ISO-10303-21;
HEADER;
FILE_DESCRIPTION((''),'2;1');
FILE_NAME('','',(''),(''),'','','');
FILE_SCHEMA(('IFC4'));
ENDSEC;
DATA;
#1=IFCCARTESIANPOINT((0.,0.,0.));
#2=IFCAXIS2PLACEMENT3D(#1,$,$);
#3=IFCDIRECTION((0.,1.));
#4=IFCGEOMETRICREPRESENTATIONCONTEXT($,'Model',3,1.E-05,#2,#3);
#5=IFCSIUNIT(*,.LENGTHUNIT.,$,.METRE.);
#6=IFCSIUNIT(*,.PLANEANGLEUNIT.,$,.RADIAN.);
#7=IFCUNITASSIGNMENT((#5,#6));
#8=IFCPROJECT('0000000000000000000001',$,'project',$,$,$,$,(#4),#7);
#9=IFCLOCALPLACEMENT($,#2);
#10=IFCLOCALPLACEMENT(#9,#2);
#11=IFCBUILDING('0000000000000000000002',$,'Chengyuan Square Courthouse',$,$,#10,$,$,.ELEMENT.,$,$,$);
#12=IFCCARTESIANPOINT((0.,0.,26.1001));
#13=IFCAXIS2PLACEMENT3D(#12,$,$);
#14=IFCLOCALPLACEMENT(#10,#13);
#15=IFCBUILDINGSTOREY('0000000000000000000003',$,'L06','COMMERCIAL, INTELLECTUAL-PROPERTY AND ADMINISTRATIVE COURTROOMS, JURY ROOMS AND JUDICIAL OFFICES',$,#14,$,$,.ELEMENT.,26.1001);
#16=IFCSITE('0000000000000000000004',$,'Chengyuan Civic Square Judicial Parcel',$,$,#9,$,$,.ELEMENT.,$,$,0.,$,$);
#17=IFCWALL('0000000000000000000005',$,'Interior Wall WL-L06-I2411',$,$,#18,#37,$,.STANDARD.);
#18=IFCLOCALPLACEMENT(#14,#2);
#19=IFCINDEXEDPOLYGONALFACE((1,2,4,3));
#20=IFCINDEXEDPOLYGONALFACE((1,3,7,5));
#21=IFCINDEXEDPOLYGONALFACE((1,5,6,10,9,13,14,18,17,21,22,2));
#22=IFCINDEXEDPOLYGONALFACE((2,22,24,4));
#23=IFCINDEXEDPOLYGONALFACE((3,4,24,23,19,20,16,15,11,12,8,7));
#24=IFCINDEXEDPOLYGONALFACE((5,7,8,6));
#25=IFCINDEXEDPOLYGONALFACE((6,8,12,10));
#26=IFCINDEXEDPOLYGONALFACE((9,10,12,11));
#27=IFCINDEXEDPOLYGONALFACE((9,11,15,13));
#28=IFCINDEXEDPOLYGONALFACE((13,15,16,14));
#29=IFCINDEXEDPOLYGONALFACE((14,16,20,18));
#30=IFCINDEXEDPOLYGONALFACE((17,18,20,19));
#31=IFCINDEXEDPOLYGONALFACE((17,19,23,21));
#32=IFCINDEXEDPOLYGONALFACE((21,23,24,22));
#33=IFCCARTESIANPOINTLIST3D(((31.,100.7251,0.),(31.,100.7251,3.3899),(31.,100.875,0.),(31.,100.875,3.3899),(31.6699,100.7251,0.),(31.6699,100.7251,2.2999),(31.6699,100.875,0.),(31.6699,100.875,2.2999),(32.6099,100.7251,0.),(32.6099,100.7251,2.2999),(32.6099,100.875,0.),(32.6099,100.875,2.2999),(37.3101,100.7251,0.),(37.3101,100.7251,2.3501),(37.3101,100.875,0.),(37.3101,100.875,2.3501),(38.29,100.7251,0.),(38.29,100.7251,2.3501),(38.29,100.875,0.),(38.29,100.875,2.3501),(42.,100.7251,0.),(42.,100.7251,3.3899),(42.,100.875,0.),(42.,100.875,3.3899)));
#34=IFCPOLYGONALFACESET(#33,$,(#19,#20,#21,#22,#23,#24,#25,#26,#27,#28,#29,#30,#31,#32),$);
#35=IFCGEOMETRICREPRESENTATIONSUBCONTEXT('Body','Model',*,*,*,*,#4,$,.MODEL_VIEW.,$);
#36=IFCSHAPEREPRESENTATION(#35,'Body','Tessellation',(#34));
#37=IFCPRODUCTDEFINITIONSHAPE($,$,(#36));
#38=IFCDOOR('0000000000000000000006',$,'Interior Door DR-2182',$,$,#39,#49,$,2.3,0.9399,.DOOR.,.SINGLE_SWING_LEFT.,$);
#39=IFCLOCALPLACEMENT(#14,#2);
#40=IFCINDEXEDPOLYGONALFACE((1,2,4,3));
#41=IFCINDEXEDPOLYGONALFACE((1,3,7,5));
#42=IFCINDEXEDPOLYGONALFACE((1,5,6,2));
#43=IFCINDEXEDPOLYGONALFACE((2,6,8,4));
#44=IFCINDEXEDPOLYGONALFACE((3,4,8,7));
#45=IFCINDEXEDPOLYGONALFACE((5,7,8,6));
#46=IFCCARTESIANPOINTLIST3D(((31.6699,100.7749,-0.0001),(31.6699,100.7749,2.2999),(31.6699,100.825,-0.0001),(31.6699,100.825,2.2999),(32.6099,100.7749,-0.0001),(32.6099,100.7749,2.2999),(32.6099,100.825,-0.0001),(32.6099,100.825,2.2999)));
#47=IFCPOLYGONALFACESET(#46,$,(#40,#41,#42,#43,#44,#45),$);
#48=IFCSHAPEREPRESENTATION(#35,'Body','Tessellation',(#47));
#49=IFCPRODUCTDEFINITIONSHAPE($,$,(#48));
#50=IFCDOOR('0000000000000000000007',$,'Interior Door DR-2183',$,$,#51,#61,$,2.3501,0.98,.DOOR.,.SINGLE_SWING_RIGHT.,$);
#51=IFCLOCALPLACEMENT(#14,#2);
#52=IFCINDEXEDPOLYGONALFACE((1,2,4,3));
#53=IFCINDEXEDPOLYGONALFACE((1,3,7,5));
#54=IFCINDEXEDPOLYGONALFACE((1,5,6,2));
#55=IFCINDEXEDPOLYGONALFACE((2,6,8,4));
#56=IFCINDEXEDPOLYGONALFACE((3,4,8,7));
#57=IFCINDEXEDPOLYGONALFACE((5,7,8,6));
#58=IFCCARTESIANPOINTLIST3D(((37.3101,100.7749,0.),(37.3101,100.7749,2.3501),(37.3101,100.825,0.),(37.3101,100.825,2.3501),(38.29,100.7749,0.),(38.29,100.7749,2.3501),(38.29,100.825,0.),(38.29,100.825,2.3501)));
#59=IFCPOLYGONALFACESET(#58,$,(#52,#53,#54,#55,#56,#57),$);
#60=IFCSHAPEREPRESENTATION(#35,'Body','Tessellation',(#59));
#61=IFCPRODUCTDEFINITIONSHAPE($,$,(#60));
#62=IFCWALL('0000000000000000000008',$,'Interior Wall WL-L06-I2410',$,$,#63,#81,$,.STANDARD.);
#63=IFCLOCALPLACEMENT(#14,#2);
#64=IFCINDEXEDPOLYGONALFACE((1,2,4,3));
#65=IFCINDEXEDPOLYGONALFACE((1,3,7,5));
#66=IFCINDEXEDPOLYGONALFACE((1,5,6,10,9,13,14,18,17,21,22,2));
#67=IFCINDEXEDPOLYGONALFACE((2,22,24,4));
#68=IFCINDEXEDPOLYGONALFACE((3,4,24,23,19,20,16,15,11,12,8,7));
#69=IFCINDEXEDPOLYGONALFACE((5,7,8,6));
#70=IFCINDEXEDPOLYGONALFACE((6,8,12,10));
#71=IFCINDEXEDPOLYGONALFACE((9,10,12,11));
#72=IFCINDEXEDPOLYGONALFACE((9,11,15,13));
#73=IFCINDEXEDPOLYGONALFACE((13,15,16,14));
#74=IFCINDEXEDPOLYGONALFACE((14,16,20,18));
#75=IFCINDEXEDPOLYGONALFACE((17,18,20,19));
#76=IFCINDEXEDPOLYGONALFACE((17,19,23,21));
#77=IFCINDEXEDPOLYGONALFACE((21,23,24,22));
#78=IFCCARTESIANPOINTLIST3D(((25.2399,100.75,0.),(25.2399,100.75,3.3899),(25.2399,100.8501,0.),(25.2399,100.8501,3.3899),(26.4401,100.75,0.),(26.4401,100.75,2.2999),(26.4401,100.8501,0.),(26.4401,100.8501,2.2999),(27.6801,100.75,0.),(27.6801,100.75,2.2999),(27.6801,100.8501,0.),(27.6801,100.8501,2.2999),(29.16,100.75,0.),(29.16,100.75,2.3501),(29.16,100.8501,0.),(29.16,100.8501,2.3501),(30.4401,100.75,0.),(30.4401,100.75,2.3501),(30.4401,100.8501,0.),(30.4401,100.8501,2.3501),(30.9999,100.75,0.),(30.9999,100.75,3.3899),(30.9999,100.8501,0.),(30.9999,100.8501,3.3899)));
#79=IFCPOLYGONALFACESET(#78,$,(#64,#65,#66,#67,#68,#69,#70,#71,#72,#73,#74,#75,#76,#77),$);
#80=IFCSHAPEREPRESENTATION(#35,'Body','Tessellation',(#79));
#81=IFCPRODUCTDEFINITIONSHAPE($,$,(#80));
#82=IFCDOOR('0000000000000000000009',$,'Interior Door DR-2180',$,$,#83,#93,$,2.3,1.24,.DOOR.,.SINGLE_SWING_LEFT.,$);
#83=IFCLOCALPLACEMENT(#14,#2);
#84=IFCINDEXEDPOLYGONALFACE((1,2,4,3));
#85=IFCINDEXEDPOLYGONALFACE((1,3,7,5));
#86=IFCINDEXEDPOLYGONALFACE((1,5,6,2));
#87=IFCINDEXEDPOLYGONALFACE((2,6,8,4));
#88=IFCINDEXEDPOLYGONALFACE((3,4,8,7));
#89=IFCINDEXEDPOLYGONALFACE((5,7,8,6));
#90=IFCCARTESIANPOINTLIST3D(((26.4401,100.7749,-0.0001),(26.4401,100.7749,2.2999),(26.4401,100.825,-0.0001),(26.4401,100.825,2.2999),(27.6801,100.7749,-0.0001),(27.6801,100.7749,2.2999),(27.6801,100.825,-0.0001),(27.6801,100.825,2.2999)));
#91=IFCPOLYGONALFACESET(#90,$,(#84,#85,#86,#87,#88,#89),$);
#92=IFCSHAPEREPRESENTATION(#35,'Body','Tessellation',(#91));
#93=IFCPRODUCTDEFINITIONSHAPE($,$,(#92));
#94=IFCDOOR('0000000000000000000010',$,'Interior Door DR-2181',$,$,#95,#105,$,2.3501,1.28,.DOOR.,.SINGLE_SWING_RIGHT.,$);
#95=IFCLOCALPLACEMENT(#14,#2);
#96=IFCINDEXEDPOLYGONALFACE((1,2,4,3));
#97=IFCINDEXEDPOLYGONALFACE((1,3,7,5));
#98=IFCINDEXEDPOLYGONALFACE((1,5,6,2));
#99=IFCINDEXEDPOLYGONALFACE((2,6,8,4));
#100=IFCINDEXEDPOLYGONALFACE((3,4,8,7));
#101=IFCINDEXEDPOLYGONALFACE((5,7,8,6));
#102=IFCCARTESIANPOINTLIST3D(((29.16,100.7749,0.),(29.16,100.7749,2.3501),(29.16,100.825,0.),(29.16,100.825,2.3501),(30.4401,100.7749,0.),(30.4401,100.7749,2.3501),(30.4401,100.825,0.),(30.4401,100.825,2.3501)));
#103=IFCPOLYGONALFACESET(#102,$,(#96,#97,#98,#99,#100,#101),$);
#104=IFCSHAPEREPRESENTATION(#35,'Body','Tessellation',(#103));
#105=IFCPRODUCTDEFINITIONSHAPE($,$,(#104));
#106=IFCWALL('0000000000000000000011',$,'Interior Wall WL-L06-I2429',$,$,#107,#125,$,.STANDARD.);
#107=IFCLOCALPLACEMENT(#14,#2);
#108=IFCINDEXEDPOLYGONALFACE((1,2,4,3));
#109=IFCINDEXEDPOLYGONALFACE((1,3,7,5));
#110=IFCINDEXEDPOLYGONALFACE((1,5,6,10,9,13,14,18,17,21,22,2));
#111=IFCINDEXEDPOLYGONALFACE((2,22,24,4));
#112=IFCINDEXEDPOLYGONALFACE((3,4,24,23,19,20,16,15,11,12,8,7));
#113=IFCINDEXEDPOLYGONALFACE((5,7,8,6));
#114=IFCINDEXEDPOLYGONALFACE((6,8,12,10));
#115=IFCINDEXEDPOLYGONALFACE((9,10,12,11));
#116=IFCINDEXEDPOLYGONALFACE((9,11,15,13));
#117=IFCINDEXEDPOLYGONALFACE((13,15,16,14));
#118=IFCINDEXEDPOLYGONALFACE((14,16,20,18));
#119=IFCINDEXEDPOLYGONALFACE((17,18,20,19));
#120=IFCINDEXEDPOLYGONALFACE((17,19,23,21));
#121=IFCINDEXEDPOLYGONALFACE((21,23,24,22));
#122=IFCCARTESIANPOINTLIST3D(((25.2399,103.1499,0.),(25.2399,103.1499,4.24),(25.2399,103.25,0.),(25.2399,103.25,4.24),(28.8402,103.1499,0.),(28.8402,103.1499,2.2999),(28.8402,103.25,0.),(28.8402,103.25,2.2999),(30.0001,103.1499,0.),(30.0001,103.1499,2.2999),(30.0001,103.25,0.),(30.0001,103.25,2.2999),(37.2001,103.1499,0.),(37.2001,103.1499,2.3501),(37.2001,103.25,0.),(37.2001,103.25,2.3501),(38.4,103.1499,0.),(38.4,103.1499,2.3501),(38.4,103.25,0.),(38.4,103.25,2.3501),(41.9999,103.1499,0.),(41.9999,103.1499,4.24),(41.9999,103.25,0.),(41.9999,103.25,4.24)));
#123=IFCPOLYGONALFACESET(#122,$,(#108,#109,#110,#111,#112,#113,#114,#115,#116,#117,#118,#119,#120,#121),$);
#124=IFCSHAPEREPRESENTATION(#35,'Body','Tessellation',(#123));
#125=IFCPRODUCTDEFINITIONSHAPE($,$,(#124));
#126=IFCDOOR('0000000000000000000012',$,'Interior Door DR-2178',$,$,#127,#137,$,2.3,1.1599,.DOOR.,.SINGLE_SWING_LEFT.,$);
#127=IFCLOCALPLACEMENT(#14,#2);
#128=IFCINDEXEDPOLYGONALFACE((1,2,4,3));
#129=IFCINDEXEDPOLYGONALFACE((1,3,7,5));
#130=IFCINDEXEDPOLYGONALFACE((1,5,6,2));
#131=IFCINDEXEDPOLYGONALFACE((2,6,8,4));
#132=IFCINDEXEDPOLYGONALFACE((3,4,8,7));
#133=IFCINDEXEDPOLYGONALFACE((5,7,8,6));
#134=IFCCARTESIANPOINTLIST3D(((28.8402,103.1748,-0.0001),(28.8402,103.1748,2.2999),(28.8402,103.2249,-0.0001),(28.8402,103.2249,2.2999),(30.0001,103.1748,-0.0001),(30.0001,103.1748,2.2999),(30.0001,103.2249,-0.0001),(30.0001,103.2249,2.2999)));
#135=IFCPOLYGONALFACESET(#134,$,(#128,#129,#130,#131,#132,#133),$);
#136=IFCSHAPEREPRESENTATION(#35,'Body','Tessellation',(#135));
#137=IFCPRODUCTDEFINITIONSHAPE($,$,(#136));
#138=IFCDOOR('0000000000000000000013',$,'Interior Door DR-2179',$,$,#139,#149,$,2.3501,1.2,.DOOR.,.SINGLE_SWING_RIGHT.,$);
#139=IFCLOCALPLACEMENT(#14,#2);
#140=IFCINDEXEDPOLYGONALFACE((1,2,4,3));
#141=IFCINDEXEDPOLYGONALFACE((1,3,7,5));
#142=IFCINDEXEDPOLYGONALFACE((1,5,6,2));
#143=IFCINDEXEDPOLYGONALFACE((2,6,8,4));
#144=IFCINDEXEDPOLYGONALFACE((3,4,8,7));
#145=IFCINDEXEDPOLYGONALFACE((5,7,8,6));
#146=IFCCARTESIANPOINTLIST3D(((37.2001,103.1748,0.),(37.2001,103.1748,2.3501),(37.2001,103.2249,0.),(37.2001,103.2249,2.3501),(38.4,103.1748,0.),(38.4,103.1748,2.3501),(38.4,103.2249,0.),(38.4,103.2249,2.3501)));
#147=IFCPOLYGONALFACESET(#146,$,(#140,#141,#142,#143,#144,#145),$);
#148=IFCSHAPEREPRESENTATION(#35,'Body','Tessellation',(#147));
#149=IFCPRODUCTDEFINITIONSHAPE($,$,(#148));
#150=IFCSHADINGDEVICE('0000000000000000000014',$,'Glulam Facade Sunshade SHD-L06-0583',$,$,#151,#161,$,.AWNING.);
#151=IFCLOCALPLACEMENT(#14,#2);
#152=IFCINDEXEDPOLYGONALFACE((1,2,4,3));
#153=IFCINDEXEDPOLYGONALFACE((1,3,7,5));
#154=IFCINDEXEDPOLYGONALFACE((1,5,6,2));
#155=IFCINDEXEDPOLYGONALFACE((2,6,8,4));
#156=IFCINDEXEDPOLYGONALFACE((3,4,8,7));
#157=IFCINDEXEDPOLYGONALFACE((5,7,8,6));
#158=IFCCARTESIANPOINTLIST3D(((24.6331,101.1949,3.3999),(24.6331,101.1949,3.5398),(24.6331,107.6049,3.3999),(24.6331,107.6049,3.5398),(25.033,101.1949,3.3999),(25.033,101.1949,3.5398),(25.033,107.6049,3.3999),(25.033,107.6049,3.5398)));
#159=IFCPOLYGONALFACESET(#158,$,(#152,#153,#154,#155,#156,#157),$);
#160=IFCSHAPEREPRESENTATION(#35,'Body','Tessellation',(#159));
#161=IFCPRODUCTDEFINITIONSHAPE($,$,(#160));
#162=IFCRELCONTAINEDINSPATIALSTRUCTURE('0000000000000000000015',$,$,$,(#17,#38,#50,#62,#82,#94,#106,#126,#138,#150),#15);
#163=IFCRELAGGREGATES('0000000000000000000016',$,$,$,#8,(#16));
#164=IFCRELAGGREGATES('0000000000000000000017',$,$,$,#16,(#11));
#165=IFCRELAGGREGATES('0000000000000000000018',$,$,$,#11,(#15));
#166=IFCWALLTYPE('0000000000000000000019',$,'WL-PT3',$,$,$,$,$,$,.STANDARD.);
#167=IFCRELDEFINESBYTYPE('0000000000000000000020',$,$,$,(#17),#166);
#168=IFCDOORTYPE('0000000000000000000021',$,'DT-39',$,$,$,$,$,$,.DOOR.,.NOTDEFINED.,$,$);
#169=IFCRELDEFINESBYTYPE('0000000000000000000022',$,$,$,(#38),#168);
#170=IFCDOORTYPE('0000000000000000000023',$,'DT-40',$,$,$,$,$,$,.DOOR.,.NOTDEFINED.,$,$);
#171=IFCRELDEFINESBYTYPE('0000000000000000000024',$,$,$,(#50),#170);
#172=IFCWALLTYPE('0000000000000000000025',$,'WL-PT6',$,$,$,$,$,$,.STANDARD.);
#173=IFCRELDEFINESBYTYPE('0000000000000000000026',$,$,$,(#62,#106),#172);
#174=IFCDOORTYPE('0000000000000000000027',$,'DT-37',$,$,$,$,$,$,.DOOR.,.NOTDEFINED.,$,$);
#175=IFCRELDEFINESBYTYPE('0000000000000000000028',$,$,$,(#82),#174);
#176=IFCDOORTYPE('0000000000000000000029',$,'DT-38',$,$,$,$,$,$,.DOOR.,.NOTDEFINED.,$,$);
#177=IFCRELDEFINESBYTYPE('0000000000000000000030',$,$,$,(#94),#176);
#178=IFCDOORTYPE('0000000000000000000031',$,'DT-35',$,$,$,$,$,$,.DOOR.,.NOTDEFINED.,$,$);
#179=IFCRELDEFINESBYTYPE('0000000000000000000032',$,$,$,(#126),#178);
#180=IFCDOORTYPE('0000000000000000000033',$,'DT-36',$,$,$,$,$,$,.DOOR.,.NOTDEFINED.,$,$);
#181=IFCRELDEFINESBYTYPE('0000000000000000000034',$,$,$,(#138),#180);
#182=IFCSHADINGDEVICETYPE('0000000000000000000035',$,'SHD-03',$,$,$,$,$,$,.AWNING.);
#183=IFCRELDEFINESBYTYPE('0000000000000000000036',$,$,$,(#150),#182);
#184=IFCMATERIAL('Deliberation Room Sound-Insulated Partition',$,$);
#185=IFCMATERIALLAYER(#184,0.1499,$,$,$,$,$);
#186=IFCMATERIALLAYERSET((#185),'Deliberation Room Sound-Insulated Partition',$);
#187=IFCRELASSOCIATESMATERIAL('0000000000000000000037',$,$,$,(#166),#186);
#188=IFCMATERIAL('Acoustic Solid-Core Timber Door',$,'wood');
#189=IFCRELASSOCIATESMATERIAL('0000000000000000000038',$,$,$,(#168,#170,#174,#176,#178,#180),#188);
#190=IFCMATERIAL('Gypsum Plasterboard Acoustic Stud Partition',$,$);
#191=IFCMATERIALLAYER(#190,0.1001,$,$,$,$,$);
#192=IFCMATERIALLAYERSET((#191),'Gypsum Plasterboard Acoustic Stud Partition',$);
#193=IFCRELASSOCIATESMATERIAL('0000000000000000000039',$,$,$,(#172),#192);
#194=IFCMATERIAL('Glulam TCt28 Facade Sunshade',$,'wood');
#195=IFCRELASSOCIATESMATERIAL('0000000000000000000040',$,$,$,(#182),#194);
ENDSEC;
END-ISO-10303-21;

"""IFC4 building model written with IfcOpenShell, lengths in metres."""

from ifc_helpers import new_model, si_unit, direction, frame, frame_2d, origin, origin_2d, place, context, subcontext, project, spatial, rectangle, extrude, material, layer, layer_set, type_object, element, fill, save


model = new_model("IFC4")

# Units and contexts
model_context = context("Model", 3, precision=1e-05, world=origin(), true_north=direction((0.0, 1.0)))
body_context = subcontext(model_context, "Body", "Model", "MODEL_VIEW")
ifc_project = project(units=[si_unit("LENGTHUNIT", "METRE"), si_unit("PLANEANGLEUNIT", "RADIAN")], contexts=[model_context])

# Site, building, storey
site_placement = place(None, origin())
site = spatial("IfcSite", under=ifc_project, at=site_placement, Name="Chengyuan Civic Square Judicial Parcel", CompositionType="ELEMENT", RefElevation=0.0)
building_placement = place(site_placement, origin())
building = spatial("IfcBuilding", under=site, at=building_placement, Name="Chengyuan Square Courthouse", CompositionType="ELEMENT")
storey_placement = place(building_placement, frame((0.0, 0.0, 26.1001)))
storey = spatial("IfcBuildingStorey", under=building, at=storey_placement, Name="L06", Description="COMMERCIAL, INTELLECTUAL-PROPERTY AND ADMINISTRATIVE COURTROOMS, JURY ROOMS AND JUDICIAL OFFICES", CompositionType="ELEMENT", Elevation=26.1001)

# Walls, openings, doors
ifc_material_1 = material(Name="Deliberation Room Sound-Insulated Partition")
ifc_layer_1 = layer(ifc_material_1, 0.1499)
ifc_layer_set_1 = layer_set([ifc_layer_1], Name="Deliberation Room Sound-Insulated Partition")
wall_type_1 = type_object("IfcWallType", Name="WL-PT3", PredefinedType="STANDARD", material=ifc_layer_set_1)
wall_1_placement = place(storey_placement, frame((31.0, 100.8, 0.0), z_axis=(0.0, 0.0, 1.0), x_axis=(1.0, 0.0, 0.0)))
wall_1 = element("IfcWall", 1, at=wall_1_placement, inside=storey, type_object=wall_type_1, Name="Interior Wall WL-L06-I2411", PredefinedType="STANDARD", context=body_context, shape_type="SweptSolid", body=[
    extrude(rectangle(XDim=11.0, YDim=0.1499, at=frame_2d((5.5, 0.0))), origin(), (0.0, 0.0, 1.0), 3.3899),
])
opening_1_placement = place(wall_1_placement, frame((0.6699, 0.0, 0.0)))
opening_1 = element("IfcOpeningElement", 2, at=opening_1_placement, cuts=wall_1, PredefinedType="OPENING", context=body_context, shape_type="SweptSolid", body=[
    extrude(rectangle(XDim=0.9399, YDim=2.3, at=frame_2d((0.47, 1.1499))), frame((0.0, 0.0869, 0.0), z_axis=(0.0, -1.0, 0.0), x_axis=(1.0, 0.0, 0.0)), (0.0, 0.0, 1.0), 0.1738),
])
opening_2_placement = place(wall_1_placement, frame((6.3101, 0.0, 0.0)))
opening_2 = element("IfcOpeningElement", 3, at=opening_2_placement, cuts=wall_1, PredefinedType="OPENING", context=body_context, shape_type="SweptSolid", body=[
    extrude(rectangle(XDim=0.98, YDim=2.3501, at=frame_2d((0.49, 1.175))), frame((0.0, 0.0869, 0.0), z_axis=(0.0, -1.0, 0.0), x_axis=(1.0, 0.0, 0.0)), (0.0, 0.0, 1.0), 0.1738),
])
ifc_material_2 = material(Name="Acoustic Solid-Core Timber Door", Category="wood")
door_type_1 = type_object("IfcDoorType", Name="DT-39", OperationType="NOTDEFINED", PredefinedType="DOOR", material=ifc_material_2)
door_1_placement = place(opening_1_placement, origin())
door_1 = element("IfcDoor", 4, at=door_1_placement, inside=storey, type_object=door_type_1, Name="Interior Door DR-2182", OperationType="SINGLE_SWING_LEFT", OverallHeight=2.3, OverallWidth=0.9399, PredefinedType="DOOR", context=body_context, shape_type="SweptSolid", body=[
    extrude(rectangle(XDim=0.9399, YDim=2.3, at=frame_2d((0.47, 1.1499))), frame((0.0, 0.0249, 0.0), z_axis=(0.0, -1.0, 0.0), x_axis=(1.0, 0.0, 0.0)), (0.0, 0.0, 1.0), 0.05),
])
fill(opening_1, door_1)
door_type_2 = type_object("IfcDoorType", Name="DT-40", OperationType="NOTDEFINED", PredefinedType="DOOR", material=ifc_material_2)
door_2_placement = place(opening_2_placement, origin())
door_2 = element("IfcDoor", 5, at=door_2_placement, inside=storey, type_object=door_type_2, Name="Interior Door DR-2183", OperationType="SINGLE_SWING_RIGHT", OverallHeight=2.3501, OverallWidth=0.98, PredefinedType="DOOR", context=body_context, shape_type="SweptSolid", body=[
    extrude(rectangle(XDim=0.98, YDim=2.3501, at=frame_2d((0.49, 1.175))), frame((0.0, 0.0249, 0.0), z_axis=(0.0, -1.0, 0.0), x_axis=(1.0, 0.0, 0.0)), (0.0, 0.0, 1.0), 0.05),
])
fill(opening_2, door_2)
ifc_material_3 = material(Name="Gypsum Plasterboard Acoustic Stud Partition")
ifc_layer_2 = layer(ifc_material_3, 0.1001)
ifc_layer_set_2 = layer_set([ifc_layer_2], Name="Gypsum Plasterboard Acoustic Stud Partition")
wall_type_2 = type_object("IfcWallType", Name="WL-PT6", PredefinedType="STANDARD", material=ifc_layer_set_2)
wall_2_placement = place(storey_placement, frame((25.24, 100.8, 0.0), z_axis=(0.0, 0.0, 1.0), x_axis=(1.0, 0.0, 0.0)))
wall_2 = element("IfcWall", 6, at=wall_2_placement, inside=storey, type_object=wall_type_2, Name="Interior Wall WL-L06-I2410", PredefinedType="STANDARD", context=body_context, shape_type="SweptSolid", body=[
    extrude(rectangle(XDim=5.76, YDim=0.1001, at=frame_2d((2.8799, 0.0))), origin(), (0.0, 0.0, 1.0), 3.3899),
])
opening_3_placement = place(wall_2_placement, frame((1.2, 0.0, 0.0)))
opening_3 = element("IfcOpeningElement", 7, at=opening_3_placement, cuts=wall_2, PredefinedType="OPENING", context=body_context, shape_type="SweptSolid", body=[
    extrude(rectangle(XDim=1.24, YDim=2.3, at=frame_2d((0.6201, 1.1499))), frame((0.0, 0.062, 0.0), z_axis=(0.0, -1.0, 0.0), x_axis=(1.0, 0.0, 0.0)), (0.0, 0.0, 1.0), 0.124),
])
opening_4_placement = place(wall_2_placement, frame((3.9199, 0.0, 0.0)))
opening_4 = element("IfcOpeningElement", 8, at=opening_4_placement, cuts=wall_2, PredefinedType="OPENING", context=body_context, shape_type="SweptSolid", body=[
    extrude(rectangle(XDim=1.28, YDim=2.3501, at=frame_2d((0.6401, 1.175))), frame((0.0, 0.062, 0.0), z_axis=(0.0, -1.0, 0.0), x_axis=(1.0, 0.0, 0.0)), (0.0, 0.0, 1.0), 0.124),
])
door_type_3 = type_object("IfcDoorType", Name="DT-37", OperationType="NOTDEFINED", PredefinedType="DOOR", material=ifc_material_2)
door_3_placement = place(opening_3_placement, origin())
door_3 = element("IfcDoor", 9, at=door_3_placement, inside=storey, type_object=door_type_3, Name="Interior Door DR-2180", OperationType="SINGLE_SWING_LEFT", OverallHeight=2.3, OverallWidth=1.24, PredefinedType="DOOR", context=body_context, shape_type="SweptSolid", body=[
    extrude(rectangle(XDim=1.24, YDim=2.3, at=frame_2d((0.6201, 1.1499))), frame((0.0, 0.0249, 0.0), z_axis=(0.0, -1.0, 0.0), x_axis=(1.0, 0.0, 0.0)), (0.0, 0.0, 1.0), 0.05),
])
fill(opening_3, door_3)
door_type_4 = type_object("IfcDoorType", Name="DT-38", OperationType="NOTDEFINED", PredefinedType="DOOR", material=ifc_material_2)
door_4_placement = place(opening_4_placement, origin())
door_4 = element("IfcDoor", 10, at=door_4_placement, inside=storey, type_object=door_type_4, Name="Interior Door DR-2181", OperationType="SINGLE_SWING_RIGHT", OverallHeight=2.3501, OverallWidth=1.28, PredefinedType="DOOR", context=body_context, shape_type="SweptSolid", body=[
    extrude(rectangle(XDim=1.28, YDim=2.3501, at=frame_2d((0.6401, 1.175))), frame((0.0, 0.0249, 0.0), z_axis=(0.0, -1.0, 0.0), x_axis=(1.0, 0.0, 0.0)), (0.0, 0.0, 1.0), 0.05),
])
fill(opening_4, door_4)
wall_3_placement = place(storey_placement, frame((25.24, 103.2, 0.0), z_axis=(0.0, 0.0, 1.0), x_axis=(1.0, 0.0, 0.0)))
wall_3 = element("IfcWall", 11, at=wall_3_placement, inside=storey, type_object=wall_type_2, Name="Interior Wall WL-L06-I2429", PredefinedType="STANDARD", context=body_context, shape_type="SweptSolid", body=[
    extrude(rectangle(XDim=16.76, YDim=0.1001, at=frame_2d((8.3799, 0.0))), origin(), (0.0, 0.0, 1.0), 4.24),
])
opening_5_placement = place(wall_3_placement, frame((3.6001, 0.0, 0.0)))
opening_5 = element("IfcOpeningElement", 12, at=opening_5_placement, cuts=wall_3, PredefinedType="OPENING", context=body_context, shape_type="SweptSolid", body=[
    extrude(rectangle(XDim=1.1599, YDim=2.3, at=frame_2d((0.5801, 1.1499))), frame((0.0, 0.062, 0.0), z_axis=(0.0, -1.0, 0.0), x_axis=(1.0, 0.0, 0.0)), (0.0, 0.0, 1.0), 0.124),
])
opening_6_placement = place(wall_3_placement, frame((11.96, 0.0, 0.0)))
opening_6 = element("IfcOpeningElement", 13, at=opening_6_placement, cuts=wall_3, PredefinedType="OPENING", context=body_context, shape_type="SweptSolid", body=[
    extrude(rectangle(XDim=1.2, YDim=2.3501, at=frame_2d((0.6001, 1.175))), frame((0.0, 0.062, 0.0), z_axis=(0.0, -1.0, 0.0), x_axis=(1.0, 0.0, 0.0)), (0.0, 0.0, 1.0), 0.124),
])
door_type_5 = type_object("IfcDoorType", Name="DT-35", OperationType="NOTDEFINED", PredefinedType="DOOR", material=ifc_material_2)
door_5_placement = place(opening_5_placement, origin())
door_5 = element("IfcDoor", 14, at=door_5_placement, inside=storey, type_object=door_type_5, Name="Interior Door DR-2178", OperationType="SINGLE_SWING_LEFT", OverallHeight=2.3, OverallWidth=1.1599, PredefinedType="DOOR", context=body_context, shape_type="SweptSolid", body=[
    extrude(rectangle(XDim=1.1599, YDim=2.3, at=frame_2d((0.5801, 1.1499))), frame((0.0, 0.0249, 0.0), z_axis=(0.0, -1.0, 0.0), x_axis=(1.0, 0.0, 0.0)), (0.0, 0.0, 1.0), 0.05),
])
fill(opening_5, door_5)
door_type_6 = type_object("IfcDoorType", Name="DT-36", OperationType="NOTDEFINED", PredefinedType="DOOR", material=ifc_material_2)
door_6_placement = place(opening_6_placement, origin())
door_6 = element("IfcDoor", 15, at=door_6_placement, inside=storey, type_object=door_type_6, Name="Interior Door DR-2179", OperationType="SINGLE_SWING_RIGHT", OverallHeight=2.3501, OverallWidth=1.2, PredefinedType="DOOR", context=body_context, shape_type="SweptSolid", body=[
    extrude(rectangle(XDim=1.2, YDim=2.3501, at=frame_2d((0.6001, 1.175))), frame((0.0, 0.0249, 0.0), z_axis=(0.0, -1.0, 0.0), x_axis=(1.0, 0.0, 0.0)), (0.0, 0.0, 1.0), 0.05),
])
fill(opening_6, door_6)

# Shading device
ifc_material_4 = material(Name="Glulam TCt28 Facade Sunshade", Category="wood")
shading_device_type = type_object("IfcShadingDeviceType", Name="SHD-03", PredefinedType="AWNING", material=ifc_material_4)
shading_device_placement = place(storey_placement, frame((24.833, 104.3999, 3.3999), z_axis=(0.0, 0.0, 1.0), x_axis=(0.0, 1.0, 0.0)))
element("IfcShadingDevice", 16, at=shading_device_placement, inside=storey, type_object=shading_device_type, Name="Glulam Facade Sunshade SHD-L06-0583", PredefinedType="AWNING", context=body_context, shape_type="SweptSolid", body=[
    extrude(rectangle(XDim=6.4099, YDim=0.3999, at=origin_2d()), origin(), (0.0, 0.0, 1.0), 0.1399),
])

save(model, "model.ifc")
